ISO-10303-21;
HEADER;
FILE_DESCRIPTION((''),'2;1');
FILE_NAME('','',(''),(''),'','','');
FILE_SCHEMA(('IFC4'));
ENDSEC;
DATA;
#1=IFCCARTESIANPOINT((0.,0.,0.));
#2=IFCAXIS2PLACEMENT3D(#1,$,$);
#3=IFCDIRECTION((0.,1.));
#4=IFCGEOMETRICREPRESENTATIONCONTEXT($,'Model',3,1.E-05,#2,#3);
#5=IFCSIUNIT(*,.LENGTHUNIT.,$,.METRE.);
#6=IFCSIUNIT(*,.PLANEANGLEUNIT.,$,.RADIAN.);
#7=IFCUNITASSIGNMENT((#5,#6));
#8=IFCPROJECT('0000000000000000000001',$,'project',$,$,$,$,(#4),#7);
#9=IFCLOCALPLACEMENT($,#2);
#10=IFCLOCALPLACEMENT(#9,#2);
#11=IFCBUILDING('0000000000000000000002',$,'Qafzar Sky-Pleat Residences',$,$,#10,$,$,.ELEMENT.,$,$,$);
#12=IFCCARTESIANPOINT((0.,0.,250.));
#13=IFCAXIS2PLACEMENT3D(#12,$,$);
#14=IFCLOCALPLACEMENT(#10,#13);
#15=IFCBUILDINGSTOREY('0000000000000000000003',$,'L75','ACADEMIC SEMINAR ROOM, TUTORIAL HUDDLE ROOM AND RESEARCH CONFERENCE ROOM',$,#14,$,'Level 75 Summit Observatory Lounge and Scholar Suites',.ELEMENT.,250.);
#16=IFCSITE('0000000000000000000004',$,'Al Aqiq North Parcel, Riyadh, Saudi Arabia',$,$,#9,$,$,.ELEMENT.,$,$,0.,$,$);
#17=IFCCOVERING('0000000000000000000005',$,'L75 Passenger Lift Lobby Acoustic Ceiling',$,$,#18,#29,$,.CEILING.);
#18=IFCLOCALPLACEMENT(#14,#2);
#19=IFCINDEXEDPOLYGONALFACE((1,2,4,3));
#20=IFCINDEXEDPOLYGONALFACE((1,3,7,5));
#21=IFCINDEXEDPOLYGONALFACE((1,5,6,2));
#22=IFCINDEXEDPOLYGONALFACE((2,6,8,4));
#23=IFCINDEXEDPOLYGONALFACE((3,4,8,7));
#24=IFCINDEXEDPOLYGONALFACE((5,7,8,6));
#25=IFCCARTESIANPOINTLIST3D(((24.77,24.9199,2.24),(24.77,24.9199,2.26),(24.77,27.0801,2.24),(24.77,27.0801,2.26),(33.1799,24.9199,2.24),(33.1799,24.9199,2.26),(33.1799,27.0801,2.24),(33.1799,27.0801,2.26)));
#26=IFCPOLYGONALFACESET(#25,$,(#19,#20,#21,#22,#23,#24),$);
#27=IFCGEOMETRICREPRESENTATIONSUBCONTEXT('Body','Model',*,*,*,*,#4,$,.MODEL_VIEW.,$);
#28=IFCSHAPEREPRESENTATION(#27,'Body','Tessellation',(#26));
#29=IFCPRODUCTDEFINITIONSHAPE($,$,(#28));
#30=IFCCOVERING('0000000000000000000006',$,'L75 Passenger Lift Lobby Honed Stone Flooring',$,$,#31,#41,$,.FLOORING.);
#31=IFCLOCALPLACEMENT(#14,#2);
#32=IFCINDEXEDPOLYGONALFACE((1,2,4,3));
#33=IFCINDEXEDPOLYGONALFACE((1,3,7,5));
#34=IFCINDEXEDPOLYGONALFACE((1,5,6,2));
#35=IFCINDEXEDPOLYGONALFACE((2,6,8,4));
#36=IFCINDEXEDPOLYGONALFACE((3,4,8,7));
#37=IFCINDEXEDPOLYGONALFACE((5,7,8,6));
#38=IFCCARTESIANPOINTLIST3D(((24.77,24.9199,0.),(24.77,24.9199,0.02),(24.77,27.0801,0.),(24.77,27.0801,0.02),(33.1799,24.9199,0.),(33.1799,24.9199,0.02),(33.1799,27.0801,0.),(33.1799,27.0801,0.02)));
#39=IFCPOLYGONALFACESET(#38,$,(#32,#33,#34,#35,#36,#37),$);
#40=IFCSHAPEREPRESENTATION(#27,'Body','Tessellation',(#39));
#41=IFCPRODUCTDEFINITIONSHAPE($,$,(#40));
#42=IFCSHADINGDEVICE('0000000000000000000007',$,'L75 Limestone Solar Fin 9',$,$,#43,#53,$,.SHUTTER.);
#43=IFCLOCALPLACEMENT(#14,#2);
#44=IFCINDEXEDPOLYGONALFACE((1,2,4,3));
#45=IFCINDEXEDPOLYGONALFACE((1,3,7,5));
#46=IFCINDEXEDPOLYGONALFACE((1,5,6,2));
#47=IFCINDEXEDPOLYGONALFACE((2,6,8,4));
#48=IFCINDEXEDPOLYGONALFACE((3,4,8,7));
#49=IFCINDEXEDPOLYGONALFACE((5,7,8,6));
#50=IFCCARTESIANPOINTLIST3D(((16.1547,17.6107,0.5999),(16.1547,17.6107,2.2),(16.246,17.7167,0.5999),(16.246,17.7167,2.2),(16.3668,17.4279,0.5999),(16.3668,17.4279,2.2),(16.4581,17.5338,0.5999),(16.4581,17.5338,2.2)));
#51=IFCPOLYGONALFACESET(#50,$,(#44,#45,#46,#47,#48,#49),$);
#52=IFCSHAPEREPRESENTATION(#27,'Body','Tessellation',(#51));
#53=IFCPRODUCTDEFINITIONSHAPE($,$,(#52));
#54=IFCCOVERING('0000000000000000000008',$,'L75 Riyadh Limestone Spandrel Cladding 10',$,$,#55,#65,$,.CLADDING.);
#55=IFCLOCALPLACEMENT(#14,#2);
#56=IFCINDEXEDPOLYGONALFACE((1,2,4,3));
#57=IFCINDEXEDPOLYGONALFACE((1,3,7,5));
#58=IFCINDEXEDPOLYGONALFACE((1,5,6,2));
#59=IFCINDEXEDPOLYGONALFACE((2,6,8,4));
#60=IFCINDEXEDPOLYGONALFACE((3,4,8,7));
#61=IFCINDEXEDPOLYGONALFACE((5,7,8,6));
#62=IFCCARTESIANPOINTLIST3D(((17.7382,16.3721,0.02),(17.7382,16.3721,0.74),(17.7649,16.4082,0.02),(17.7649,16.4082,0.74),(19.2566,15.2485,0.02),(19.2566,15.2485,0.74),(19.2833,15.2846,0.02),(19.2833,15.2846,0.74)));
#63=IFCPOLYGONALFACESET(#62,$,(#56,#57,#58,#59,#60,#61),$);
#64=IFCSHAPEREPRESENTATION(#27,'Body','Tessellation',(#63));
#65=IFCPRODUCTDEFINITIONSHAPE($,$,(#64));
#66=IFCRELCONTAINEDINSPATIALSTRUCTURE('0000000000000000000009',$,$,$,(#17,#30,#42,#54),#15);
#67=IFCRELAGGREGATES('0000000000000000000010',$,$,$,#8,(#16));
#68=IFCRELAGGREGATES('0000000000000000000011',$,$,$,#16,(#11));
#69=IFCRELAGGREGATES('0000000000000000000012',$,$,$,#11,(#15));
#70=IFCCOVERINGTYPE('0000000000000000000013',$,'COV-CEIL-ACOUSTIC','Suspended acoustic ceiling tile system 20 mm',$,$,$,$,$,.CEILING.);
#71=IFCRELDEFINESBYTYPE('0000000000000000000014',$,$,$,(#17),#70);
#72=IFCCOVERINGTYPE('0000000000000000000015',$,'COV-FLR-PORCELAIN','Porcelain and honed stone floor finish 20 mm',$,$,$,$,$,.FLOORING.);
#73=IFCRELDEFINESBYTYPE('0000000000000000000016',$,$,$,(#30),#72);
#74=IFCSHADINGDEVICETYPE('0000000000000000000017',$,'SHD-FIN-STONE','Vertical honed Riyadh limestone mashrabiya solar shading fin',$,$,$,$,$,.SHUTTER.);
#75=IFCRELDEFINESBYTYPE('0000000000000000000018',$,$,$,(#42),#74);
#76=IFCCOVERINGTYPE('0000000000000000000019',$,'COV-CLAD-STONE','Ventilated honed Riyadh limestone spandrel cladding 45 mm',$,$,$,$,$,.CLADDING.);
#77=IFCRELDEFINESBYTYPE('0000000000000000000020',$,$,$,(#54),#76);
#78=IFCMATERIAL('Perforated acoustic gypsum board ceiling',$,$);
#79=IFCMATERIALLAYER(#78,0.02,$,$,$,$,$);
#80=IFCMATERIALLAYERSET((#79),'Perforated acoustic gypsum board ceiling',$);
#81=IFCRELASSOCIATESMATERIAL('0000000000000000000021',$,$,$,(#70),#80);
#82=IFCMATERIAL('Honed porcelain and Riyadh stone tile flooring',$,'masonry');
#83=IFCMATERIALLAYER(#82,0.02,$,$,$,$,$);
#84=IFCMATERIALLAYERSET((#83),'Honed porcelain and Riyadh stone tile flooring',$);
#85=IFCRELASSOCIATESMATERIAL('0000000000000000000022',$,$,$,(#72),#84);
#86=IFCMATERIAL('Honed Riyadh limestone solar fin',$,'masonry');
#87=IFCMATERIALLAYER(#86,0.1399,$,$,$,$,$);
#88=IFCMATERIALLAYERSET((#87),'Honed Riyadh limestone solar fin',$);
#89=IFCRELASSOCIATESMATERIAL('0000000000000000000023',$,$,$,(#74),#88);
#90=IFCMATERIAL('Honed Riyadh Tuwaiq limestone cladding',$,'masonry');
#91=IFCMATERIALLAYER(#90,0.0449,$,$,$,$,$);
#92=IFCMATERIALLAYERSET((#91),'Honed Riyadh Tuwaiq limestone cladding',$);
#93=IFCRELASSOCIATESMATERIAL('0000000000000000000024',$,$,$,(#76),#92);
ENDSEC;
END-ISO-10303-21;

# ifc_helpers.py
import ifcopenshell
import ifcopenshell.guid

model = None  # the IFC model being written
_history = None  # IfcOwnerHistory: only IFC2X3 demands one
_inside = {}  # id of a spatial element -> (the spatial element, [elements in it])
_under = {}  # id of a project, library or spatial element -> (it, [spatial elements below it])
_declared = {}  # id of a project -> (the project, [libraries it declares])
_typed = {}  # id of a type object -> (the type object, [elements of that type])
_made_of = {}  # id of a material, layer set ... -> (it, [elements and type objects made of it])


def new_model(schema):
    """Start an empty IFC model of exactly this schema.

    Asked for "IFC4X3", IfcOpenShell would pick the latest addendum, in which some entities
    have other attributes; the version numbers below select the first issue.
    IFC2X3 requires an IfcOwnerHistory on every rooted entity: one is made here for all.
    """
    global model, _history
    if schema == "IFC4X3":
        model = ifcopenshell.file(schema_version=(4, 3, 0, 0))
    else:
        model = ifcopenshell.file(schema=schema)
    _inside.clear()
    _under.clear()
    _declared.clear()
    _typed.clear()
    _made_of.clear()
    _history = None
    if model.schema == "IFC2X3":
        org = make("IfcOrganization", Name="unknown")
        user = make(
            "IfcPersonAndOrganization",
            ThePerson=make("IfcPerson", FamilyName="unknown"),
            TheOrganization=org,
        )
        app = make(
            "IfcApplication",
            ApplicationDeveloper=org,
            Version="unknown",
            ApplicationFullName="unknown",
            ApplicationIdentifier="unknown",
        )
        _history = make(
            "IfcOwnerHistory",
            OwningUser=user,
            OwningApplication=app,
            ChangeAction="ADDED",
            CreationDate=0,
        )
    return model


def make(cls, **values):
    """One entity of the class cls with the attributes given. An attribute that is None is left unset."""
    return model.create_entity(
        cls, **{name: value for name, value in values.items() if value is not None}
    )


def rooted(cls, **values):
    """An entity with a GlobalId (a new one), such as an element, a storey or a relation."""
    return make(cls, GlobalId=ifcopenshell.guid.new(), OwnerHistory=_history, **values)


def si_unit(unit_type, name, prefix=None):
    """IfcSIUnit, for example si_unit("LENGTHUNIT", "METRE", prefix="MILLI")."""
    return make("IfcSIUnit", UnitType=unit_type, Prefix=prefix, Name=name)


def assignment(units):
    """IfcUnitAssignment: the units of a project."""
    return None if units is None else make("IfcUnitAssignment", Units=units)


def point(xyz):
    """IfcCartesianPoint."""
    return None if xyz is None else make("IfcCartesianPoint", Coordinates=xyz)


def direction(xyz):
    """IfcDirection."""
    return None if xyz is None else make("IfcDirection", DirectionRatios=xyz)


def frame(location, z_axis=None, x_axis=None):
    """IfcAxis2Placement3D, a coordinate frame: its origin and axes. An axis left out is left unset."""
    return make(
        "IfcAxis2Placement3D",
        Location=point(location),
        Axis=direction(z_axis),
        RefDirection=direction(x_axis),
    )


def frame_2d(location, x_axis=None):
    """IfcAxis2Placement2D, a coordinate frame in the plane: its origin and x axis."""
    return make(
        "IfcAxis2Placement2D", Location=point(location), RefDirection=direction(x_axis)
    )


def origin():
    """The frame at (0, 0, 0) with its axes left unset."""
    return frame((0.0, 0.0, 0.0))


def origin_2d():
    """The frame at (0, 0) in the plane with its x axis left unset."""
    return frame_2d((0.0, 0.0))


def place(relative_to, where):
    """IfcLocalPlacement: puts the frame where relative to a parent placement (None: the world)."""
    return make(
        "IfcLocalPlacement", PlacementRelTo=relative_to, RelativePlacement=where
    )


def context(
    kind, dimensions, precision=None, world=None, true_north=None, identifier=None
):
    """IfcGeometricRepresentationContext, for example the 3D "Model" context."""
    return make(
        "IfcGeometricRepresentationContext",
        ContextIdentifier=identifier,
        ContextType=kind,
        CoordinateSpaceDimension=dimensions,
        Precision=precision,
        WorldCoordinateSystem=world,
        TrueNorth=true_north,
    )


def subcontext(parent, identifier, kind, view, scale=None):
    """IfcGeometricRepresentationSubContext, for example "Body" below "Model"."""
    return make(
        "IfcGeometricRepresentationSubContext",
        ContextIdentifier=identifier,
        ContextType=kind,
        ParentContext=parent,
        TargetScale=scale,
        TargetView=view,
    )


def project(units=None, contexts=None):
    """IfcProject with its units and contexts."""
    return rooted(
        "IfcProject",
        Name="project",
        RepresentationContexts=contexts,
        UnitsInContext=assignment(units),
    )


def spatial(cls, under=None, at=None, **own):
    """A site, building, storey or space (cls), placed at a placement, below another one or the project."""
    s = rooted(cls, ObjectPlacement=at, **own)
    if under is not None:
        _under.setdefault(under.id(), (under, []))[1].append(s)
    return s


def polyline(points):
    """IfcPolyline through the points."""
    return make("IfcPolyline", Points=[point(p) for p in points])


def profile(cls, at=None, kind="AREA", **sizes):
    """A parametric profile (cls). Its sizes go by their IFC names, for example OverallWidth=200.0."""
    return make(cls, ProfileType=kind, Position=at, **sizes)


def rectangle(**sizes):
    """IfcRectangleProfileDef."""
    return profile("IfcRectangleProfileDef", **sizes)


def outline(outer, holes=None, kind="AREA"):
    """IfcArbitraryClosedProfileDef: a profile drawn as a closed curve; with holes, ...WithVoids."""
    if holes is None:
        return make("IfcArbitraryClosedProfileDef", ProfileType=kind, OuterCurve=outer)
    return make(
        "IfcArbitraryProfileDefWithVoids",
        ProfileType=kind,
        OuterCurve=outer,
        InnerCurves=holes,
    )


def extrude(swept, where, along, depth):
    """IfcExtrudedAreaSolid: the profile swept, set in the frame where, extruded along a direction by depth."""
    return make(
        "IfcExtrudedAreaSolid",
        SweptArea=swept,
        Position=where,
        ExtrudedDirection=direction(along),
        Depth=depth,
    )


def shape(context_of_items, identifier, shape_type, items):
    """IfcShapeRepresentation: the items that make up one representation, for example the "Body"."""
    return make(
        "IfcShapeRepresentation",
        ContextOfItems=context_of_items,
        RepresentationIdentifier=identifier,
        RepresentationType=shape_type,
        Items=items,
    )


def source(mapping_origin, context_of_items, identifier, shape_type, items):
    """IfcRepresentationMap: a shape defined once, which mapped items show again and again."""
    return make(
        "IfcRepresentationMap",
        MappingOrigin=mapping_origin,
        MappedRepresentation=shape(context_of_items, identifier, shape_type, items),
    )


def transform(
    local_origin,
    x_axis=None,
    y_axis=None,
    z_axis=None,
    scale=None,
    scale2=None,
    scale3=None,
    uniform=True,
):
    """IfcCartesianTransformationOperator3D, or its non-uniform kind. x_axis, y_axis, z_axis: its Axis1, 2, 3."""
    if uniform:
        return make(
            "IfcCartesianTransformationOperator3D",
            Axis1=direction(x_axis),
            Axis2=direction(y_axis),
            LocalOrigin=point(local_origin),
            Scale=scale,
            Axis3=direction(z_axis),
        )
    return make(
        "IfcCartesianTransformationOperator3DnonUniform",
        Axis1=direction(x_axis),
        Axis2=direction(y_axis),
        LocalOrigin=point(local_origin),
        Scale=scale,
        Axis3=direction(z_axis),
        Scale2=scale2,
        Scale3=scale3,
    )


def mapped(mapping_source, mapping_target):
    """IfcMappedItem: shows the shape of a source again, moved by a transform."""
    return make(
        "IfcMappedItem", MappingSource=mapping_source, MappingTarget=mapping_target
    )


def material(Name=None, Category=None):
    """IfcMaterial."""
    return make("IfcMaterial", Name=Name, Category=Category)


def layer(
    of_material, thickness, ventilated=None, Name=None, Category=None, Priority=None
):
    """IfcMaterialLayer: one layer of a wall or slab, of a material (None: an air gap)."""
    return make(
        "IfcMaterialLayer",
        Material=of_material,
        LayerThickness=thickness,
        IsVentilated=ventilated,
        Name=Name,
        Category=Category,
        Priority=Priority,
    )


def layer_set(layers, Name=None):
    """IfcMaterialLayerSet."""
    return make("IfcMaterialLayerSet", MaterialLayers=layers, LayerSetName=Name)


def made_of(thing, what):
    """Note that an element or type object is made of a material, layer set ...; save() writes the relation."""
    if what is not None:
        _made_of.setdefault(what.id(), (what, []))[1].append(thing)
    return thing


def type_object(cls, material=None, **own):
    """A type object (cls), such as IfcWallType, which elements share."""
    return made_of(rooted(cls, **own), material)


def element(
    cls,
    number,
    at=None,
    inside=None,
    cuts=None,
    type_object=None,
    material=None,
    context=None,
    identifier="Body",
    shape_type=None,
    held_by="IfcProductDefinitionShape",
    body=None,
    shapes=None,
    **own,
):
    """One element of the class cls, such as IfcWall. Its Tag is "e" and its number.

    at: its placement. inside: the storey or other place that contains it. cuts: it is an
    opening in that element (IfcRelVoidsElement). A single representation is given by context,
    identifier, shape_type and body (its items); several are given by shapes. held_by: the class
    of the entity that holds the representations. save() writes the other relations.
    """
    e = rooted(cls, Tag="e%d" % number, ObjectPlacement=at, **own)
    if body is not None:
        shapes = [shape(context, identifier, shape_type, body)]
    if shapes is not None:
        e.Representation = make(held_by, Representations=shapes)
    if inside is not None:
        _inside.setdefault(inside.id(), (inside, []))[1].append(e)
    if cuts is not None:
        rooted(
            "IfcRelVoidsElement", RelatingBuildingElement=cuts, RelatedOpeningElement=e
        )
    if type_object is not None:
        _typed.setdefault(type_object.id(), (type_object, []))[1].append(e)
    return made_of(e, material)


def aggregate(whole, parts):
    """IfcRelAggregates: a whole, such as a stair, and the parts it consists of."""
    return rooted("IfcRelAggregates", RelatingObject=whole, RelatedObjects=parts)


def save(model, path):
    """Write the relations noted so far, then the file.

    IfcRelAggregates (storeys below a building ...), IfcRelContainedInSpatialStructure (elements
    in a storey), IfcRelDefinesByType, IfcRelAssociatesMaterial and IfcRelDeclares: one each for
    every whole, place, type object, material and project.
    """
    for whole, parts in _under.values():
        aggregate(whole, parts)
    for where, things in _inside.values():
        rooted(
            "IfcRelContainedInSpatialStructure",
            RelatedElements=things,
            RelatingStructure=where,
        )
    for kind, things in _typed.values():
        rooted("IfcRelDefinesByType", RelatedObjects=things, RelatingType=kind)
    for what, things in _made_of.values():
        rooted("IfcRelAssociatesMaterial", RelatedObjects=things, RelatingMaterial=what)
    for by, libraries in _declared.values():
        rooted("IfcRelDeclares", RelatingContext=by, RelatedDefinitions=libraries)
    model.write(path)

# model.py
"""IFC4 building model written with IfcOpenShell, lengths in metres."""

from ifc_helpers import new_model, si_unit, direction, frame, origin, origin_2d, place, context, subcontext, project, spatial, polyline, rectangle, outline, extrude, source, transform, mapped, material, layer, layer_set, type_object, element, save


model = new_model("IFC4")

# Units and contexts
model_context = context("Model", 3, precision=1e-05, world=origin(), true_north=direction((0.0, 1.0)))
body_context = subcontext(model_context, "Body", "Model", "MODEL_VIEW")
ifc_project = project(units=[si_unit("LENGTHUNIT", "METRE"), si_unit("PLANEANGLEUNIT", "RADIAN")], contexts=[model_context])

# Site, building, storey
site_placement = place(None, origin())
site = spatial("IfcSite", under=ifc_project, at=site_placement, Name="Al Aqiq North Parcel, Riyadh, Saudi Arabia", CompositionType="ELEMENT", RefElevation=0.0)
building_placement = place(site_placement, origin())
building = spatial("IfcBuilding", under=site, at=building_placement, Name="Qafzar Sky-Pleat Residences", CompositionType="ELEMENT")
storey_placement = place(building_placement, frame((0.0, 0.0, 250.0)))
storey = spatial("IfcBuildingStorey", under=building, at=storey_placement, Name="L75", Description="ACADEMIC SEMINAR ROOM, TUTORIAL HUDDLE ROOM AND RESEARCH CONFERENCE ROOM", LongName="Level 75 Summit Observatory Lounge and Scholar Suites", CompositionType="ELEMENT", Elevation=250.0)

# Coverings
ifc_material_1 = material(Name="Perforated acoustic gypsum board ceiling")
ifc_layer_1 = layer(ifc_material_1, 0.02)
ifc_layer_set_1 = layer_set([ifc_layer_1], Name="Perforated acoustic gypsum board ceiling")
covering_type_1 = type_object("IfcCoveringType", Name="COV-CEIL-ACOUSTIC", Description="Suspended acoustic ceiling tile system 20 mm", PredefinedType="CEILING", material=ifc_layer_set_1)
covering_1_placement = place(storey_placement, frame((0.0, 0.0, 2.24)))
element("IfcCovering", 1, at=covering_1_placement, inside=storey, type_object=covering_type_1, Name="L75 Passenger Lift Lobby Acoustic Ceiling", PredefinedType="CEILING", context=body_context, shape_type="SweptSolid", body=[
    extrude(outline(polyline([(33.1799, 24.9199), (24.77, 24.9199), (24.77, 27.0801), (33.1799, 27.0801), (33.1799, 24.9199)])), origin(), (0.0, 0.0, 1.0), 0.02),
])
ifc_material_2 = material(Name="Honed porcelain and Riyadh stone tile flooring", Category="masonry")
ifc_layer_2 = layer(ifc_material_2, 0.02)
ifc_layer_set_2 = layer_set([ifc_layer_2], Name="Honed porcelain and Riyadh stone tile flooring")
covering_type_2 = type_object("IfcCoveringType", Name="COV-FLR-PORCELAIN", Description="Porcelain and honed stone floor finish 20 mm", PredefinedType="FLOORING", material=ifc_layer_set_2)
covering_2_placement = place(storey_placement, origin())
element("IfcCovering", 2, at=covering_2_placement, inside=storey, type_object=covering_type_2, Name="L75 Passenger Lift Lobby Honed Stone Flooring", PredefinedType="FLOORING", context=body_context, shape_type="SweptSolid", body=[
    extrude(outline(polyline([(33.1799, 24.9199), (24.77, 24.9199), (24.77, 27.0801), (33.1799, 27.0801), (33.1799, 24.9199)])), origin(), (0.0, 0.0, 1.0), 0.02),
])

# Shading device
ifc_material_3 = material(Name="Honed Riyadh limestone solar fin", Category="masonry")
ifc_layer_3 = layer(ifc_material_3, 0.1399)
ifc_layer_set_3 = layer_set([ifc_layer_3], Name="Honed Riyadh limestone solar fin")
shading_device_type = type_object("IfcShadingDeviceType", Name="SHD-FIN-STONE", Description="Vertical honed Riyadh limestone mashrabiya solar shading fin", PredefinedType="SHUTTER", material=ifc_layer_set_3)
shared_shape_1 = source(origin(), body_context, "Body", "SweptSolid", [
    extrude(rectangle(XDim=0.1399, YDim=0.28, at=origin_2d()), origin(), (0.0, 0.0, 1.0), 1.6001),
])
shading_device_placement = place(storey_placement, frame((16.3064, 17.5723, 0.5999), z_axis=(0.0, 0.0, 1.0), x_axis=(-0.652894, -0.757449, 0.0)))
element("IfcShadingDevice", 3, at=shading_device_placement, inside=storey, type_object=shading_device_type, Name="L75 Limestone Solar Fin 9", PredefinedType="SHUTTER", context=body_context, shape_type="MappedRepresentation", body=[
    mapped(shared_shape_1, transform((0.0, 0.0, 0.0), x_axis=(1.0, 0.0, 0.0), y_axis=(0.0, 1.0, 0.0), z_axis=(0.0, 0.0, 1.0), scale=1.0)),
])

# Covering
ifc_material_4 = material(Name="Honed Riyadh Tuwaiq limestone cladding", Category="masonry")
ifc_layer_4 = layer(ifc_material_4, 0.0449)
ifc_layer_set_4 = layer_set([ifc_layer_4], Name="Honed Riyadh Tuwaiq limestone cladding")
covering_type_3 = type_object("IfcCoveringType", Name="COV-CLAD-STONE", Description="Ventilated honed Riyadh limestone spandrel cladding 45 mm", PredefinedType="CLADDING", material=ifc_layer_set_4)
shared_shape_2 = source(origin(), body_context, "Body", "SweptSolid", [
    extrude(rectangle(XDim=1.8889, YDim=0.0449, at=origin_2d()), origin(), (0.0, 0.0, 1.0), 0.72),
])
covering_3_placement = place(storey_placement, frame((18.5107, 15.8284, 0.02), z_axis=(0.0, 0.0, 1.0), x_axis=(0.803837, -0.594849, 0.0)))
element("IfcCovering", 4, at=covering_3_placement, inside=storey, type_object=covering_type_3, Name="L75 Riyadh Limestone Spandrel Cladding 10", PredefinedType="CLADDING", context=body_context, shape_type="MappedRepresentation", body=[
    mapped(shared_shape_2, transform((0.0, 0.0, 0.0), x_axis=(1.0, 0.0, 0.0), y_axis=(0.0, 1.0, 0.0), z_axis=(0.0, 0.0, 1.0), scale=1.0)),
])

save(model, "model.ifc")
